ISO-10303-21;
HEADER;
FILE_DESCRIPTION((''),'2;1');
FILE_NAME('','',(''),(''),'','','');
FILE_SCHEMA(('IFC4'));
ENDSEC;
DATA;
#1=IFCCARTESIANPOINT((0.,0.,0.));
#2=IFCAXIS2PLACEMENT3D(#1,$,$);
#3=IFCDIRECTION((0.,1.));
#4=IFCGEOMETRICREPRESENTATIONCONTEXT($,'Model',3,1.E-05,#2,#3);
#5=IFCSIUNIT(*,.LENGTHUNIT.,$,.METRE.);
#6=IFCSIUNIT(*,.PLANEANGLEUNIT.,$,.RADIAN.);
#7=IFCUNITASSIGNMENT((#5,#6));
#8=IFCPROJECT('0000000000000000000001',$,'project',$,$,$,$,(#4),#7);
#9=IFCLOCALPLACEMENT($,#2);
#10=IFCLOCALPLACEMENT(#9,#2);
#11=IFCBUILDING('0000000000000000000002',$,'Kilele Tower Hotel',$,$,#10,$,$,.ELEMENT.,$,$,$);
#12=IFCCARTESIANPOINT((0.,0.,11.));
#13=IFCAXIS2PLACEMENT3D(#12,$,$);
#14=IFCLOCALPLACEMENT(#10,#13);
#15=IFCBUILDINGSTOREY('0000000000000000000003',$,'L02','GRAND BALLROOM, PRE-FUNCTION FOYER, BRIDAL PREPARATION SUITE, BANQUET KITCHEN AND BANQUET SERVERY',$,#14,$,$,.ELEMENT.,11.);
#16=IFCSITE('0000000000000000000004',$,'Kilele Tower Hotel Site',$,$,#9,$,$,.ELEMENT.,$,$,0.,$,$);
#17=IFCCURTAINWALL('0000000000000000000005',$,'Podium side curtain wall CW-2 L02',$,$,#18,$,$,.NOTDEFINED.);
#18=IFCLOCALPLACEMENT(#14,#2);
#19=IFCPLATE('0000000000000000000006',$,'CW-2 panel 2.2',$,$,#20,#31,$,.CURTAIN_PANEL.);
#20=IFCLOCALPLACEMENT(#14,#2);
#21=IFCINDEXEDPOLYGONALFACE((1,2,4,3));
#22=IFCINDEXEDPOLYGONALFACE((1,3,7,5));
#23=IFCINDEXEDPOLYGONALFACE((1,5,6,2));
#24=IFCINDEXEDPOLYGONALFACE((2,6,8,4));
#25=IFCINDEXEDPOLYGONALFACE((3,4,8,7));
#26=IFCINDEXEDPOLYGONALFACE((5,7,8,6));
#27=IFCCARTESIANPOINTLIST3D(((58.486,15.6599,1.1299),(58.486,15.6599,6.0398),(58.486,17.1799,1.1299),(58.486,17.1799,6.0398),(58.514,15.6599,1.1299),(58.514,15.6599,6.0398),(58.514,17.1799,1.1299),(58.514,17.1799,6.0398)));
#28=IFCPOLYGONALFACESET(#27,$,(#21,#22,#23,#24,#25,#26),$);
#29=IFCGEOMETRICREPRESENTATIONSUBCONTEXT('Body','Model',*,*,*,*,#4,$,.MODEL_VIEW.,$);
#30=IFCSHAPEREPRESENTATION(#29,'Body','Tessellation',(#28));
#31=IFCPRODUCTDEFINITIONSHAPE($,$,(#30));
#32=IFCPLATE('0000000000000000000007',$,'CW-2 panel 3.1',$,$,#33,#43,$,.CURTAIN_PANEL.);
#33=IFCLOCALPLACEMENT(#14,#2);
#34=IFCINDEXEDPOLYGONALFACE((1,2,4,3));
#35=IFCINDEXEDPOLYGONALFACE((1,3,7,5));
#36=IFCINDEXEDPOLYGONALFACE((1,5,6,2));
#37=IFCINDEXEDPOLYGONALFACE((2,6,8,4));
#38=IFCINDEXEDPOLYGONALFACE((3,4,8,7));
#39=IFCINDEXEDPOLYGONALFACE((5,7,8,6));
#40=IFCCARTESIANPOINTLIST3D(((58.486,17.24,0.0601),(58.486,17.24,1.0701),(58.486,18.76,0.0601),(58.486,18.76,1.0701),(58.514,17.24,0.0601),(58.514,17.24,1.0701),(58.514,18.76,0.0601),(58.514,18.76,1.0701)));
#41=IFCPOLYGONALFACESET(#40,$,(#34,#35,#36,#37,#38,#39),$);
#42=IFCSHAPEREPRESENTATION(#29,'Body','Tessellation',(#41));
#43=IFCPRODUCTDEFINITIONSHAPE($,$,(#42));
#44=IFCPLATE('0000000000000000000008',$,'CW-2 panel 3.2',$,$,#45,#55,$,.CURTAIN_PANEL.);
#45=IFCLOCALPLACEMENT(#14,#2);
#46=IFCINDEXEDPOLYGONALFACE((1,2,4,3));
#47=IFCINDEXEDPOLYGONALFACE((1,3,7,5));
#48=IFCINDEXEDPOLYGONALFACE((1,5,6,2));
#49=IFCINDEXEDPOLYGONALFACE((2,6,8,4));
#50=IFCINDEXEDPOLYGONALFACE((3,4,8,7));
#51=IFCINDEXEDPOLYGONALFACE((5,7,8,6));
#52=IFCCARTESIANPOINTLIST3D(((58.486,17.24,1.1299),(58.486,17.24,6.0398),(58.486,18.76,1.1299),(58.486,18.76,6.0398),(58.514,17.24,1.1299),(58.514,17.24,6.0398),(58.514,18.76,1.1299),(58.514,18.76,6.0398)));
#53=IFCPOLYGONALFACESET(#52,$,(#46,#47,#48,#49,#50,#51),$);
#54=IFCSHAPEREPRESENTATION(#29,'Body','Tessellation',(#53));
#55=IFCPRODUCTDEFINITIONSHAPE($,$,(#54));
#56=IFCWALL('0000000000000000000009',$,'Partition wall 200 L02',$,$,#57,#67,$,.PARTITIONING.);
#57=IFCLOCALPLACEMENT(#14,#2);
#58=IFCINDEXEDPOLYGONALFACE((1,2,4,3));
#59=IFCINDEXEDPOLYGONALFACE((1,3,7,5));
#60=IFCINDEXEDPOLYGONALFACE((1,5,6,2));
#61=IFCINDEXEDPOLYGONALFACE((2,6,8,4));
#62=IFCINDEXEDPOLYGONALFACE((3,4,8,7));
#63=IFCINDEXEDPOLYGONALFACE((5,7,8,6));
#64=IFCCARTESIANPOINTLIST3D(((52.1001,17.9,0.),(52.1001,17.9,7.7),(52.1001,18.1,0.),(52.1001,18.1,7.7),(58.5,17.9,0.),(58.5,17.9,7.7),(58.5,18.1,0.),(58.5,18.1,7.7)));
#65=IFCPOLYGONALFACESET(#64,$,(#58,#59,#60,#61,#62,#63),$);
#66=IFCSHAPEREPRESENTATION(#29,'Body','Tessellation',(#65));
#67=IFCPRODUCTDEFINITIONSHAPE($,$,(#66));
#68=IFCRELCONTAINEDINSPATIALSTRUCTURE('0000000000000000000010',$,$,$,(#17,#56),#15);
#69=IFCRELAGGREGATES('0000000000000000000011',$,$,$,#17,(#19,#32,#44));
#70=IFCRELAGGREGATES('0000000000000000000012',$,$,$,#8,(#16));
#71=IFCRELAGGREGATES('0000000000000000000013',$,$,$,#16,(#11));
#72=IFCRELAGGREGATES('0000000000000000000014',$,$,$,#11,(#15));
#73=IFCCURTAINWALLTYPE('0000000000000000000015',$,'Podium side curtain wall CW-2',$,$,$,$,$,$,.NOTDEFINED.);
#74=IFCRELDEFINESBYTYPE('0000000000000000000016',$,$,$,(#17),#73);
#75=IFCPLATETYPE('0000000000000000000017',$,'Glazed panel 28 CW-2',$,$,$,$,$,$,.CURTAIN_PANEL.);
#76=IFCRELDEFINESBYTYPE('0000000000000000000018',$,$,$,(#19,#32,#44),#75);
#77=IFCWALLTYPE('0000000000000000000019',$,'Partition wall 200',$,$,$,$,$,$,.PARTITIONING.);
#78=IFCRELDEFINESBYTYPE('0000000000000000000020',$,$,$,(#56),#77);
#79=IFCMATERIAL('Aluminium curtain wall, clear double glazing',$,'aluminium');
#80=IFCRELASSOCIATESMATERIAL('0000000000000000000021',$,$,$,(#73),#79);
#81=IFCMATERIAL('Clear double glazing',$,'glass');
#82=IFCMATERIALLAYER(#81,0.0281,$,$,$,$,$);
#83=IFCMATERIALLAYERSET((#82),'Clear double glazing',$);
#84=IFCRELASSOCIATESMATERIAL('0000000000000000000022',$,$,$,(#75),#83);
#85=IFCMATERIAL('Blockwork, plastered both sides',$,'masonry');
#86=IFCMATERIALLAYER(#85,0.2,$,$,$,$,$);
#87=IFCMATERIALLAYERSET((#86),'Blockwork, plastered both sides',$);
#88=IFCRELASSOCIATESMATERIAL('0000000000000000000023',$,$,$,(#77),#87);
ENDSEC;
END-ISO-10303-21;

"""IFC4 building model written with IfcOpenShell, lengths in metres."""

from ifc_helpers import new_model, si_unit, direction, frame, frame_2d, origin, origin_2d, place, context, subcontext, project, spatial, rectangle, extrude, material, layer, layer_set, type_object, element, aggregate, save


model = new_model("IFC4")

# Units and contexts
model_context = context("Model", 3, precision=1e-05, world=origin(), true_north=direction((0.0, 1.0)))
body_context = subcontext(model_context, "Body", "Model", "MODEL_VIEW")
ifc_project = project(units=[si_unit("LENGTHUNIT", "METRE"), si_unit("PLANEANGLEUNIT", "RADIAN")], contexts=[model_context])

# Site, building, storey
site_placement = place(None, origin())
site = spatial("IfcSite", under=ifc_project, at=site_placement, Name="Kilele Tower Hotel Site", CompositionType="ELEMENT", RefElevation=0.0)
building_placement = place(site_placement, origin())
building = spatial("IfcBuilding", under=site, at=building_placement, Name="Kilele Tower Hotel", CompositionType="ELEMENT")
storey_placement = place(building_placement, frame((0.0, 0.0, 11.0)))
storey = spatial("IfcBuildingStorey", under=building, at=storey_placement, Name="L02", Description="GRAND BALLROOM, PRE-FUNCTION FOYER, BRIDAL PREPARATION SUITE, BANQUET KITCHEN AND BANQUET SERVERY", CompositionType="ELEMENT", Elevation=11.0)

# Shared definitions
ifc_material_1 = material(Name="Aluminium curtain wall, clear double glazing", Category="aluminium")
curtain_wall_type = type_object("IfcCurtainWallType", Name="Podium side curtain wall CW-2", PredefinedType="NOTDEFINED", material=ifc_material_1)

# Curtain wall
curtain_wall_1_placement = place(storey_placement, origin())
curtain_wall_1 = element("IfcCurtainWall", 1, at=curtain_wall_1_placement, inside=storey, type_object=curtain_wall_type, Name="Podium side curtain wall CW-2 L02", PredefinedType="NOTDEFINED")

# Plates
ifc_material_2 = material(Name="Clear double glazing", Category="glass")
ifc_layer_1 = layer(ifc_material_2, 0.0281)
ifc_layer_set_1 = layer_set([ifc_layer_1], Name="Clear double glazing")
plate_type = type_object("IfcPlateType", Name="Glazed panel 28 CW-2", PredefinedType="CURTAIN_PANEL", material=ifc_layer_set_1)
plate_1_placement = place(storey_placement, frame((58.5, 16.4199, 1.1299), z_axis=(0.0, 0.0, 1.0), x_axis=(0.0, 1.0, 0.0)))
plate_1 = element("IfcPlate", 2, at=plate_1_placement, type_object=plate_type, Name="CW-2 panel 2.2", PredefinedType="CURTAIN_PANEL", context=body_context, shape_type="SweptSolid", body=[
    extrude(rectangle(XDim=1.52, YDim=0.0281, at=origin_2d()), origin(), (0.0, 0.0, 1.0), 4.9099),
])
plate_2_placement = place(storey_placement, frame((58.5, 18.0, 0.0601), z_axis=(0.0, 0.0, 1.0), x_axis=(0.0, 1.0, 0.0)))
plate_2 = element("IfcPlate", 3, at=plate_2_placement, type_object=plate_type, Name="CW-2 panel 3.1", PredefinedType="CURTAIN_PANEL", context=body_context, shape_type="SweptSolid", body=[
    extrude(rectangle(XDim=1.52, YDim=0.0281, at=origin_2d()), origin(), (0.0, 0.0, 1.0), 1.01),
])
plate_3_placement = place(storey_placement, frame((58.5, 18.0, 1.1299), z_axis=(0.0, 0.0, 1.0), x_axis=(0.0, 1.0, 0.0)))
plate_3 = element("IfcPlate", 4, at=plate_3_placement, type_object=plate_type, Name="CW-2 panel 3.2", PredefinedType="CURTAIN_PANEL", context=body_context, shape_type="SweptSolid", body=[
    extrude(rectangle(XDim=1.52, YDim=0.0281, at=origin_2d()), origin(), (0.0, 0.0, 1.0), 4.9099),
])
aggregate(curtain_wall_1, [plate_1, plate_2, plate_3])

# Wall
ifc_material_3 = material(Name="Blockwork, plastered both sides", Category="masonry")
ifc_layer_2 = layer(ifc_material_3, 0.2)
ifc_layer_set_2 = layer_set([ifc_layer_2], Name="Blockwork, plastered both sides")
wall_type = type_object("IfcWallType", Name="Partition wall 200", PredefinedType="PARTITIONING", material=ifc_layer_set_2)
wall_placement = place(storey_placement, frame((52.1001, 18.0, 0.0), z_axis=(0.0, 0.0, 1.0), x_axis=(1.0, 0.0, 0.0)))
element("IfcWall", 5, at=wall_placement, inside=storey, type_object=wall_type, Name="Partition wall 200 L02", PredefinedType="PARTITIONING", context=body_context, shape_type="SweptSolid", body=[
    extrude(rectangle(XDim=6.3999, YDim=0.2, at=frame_2d((3.2, 0.0))), origin(), (0.0, 0.0, 1.0), 7.7),
])

save(model, "model.ifc")
